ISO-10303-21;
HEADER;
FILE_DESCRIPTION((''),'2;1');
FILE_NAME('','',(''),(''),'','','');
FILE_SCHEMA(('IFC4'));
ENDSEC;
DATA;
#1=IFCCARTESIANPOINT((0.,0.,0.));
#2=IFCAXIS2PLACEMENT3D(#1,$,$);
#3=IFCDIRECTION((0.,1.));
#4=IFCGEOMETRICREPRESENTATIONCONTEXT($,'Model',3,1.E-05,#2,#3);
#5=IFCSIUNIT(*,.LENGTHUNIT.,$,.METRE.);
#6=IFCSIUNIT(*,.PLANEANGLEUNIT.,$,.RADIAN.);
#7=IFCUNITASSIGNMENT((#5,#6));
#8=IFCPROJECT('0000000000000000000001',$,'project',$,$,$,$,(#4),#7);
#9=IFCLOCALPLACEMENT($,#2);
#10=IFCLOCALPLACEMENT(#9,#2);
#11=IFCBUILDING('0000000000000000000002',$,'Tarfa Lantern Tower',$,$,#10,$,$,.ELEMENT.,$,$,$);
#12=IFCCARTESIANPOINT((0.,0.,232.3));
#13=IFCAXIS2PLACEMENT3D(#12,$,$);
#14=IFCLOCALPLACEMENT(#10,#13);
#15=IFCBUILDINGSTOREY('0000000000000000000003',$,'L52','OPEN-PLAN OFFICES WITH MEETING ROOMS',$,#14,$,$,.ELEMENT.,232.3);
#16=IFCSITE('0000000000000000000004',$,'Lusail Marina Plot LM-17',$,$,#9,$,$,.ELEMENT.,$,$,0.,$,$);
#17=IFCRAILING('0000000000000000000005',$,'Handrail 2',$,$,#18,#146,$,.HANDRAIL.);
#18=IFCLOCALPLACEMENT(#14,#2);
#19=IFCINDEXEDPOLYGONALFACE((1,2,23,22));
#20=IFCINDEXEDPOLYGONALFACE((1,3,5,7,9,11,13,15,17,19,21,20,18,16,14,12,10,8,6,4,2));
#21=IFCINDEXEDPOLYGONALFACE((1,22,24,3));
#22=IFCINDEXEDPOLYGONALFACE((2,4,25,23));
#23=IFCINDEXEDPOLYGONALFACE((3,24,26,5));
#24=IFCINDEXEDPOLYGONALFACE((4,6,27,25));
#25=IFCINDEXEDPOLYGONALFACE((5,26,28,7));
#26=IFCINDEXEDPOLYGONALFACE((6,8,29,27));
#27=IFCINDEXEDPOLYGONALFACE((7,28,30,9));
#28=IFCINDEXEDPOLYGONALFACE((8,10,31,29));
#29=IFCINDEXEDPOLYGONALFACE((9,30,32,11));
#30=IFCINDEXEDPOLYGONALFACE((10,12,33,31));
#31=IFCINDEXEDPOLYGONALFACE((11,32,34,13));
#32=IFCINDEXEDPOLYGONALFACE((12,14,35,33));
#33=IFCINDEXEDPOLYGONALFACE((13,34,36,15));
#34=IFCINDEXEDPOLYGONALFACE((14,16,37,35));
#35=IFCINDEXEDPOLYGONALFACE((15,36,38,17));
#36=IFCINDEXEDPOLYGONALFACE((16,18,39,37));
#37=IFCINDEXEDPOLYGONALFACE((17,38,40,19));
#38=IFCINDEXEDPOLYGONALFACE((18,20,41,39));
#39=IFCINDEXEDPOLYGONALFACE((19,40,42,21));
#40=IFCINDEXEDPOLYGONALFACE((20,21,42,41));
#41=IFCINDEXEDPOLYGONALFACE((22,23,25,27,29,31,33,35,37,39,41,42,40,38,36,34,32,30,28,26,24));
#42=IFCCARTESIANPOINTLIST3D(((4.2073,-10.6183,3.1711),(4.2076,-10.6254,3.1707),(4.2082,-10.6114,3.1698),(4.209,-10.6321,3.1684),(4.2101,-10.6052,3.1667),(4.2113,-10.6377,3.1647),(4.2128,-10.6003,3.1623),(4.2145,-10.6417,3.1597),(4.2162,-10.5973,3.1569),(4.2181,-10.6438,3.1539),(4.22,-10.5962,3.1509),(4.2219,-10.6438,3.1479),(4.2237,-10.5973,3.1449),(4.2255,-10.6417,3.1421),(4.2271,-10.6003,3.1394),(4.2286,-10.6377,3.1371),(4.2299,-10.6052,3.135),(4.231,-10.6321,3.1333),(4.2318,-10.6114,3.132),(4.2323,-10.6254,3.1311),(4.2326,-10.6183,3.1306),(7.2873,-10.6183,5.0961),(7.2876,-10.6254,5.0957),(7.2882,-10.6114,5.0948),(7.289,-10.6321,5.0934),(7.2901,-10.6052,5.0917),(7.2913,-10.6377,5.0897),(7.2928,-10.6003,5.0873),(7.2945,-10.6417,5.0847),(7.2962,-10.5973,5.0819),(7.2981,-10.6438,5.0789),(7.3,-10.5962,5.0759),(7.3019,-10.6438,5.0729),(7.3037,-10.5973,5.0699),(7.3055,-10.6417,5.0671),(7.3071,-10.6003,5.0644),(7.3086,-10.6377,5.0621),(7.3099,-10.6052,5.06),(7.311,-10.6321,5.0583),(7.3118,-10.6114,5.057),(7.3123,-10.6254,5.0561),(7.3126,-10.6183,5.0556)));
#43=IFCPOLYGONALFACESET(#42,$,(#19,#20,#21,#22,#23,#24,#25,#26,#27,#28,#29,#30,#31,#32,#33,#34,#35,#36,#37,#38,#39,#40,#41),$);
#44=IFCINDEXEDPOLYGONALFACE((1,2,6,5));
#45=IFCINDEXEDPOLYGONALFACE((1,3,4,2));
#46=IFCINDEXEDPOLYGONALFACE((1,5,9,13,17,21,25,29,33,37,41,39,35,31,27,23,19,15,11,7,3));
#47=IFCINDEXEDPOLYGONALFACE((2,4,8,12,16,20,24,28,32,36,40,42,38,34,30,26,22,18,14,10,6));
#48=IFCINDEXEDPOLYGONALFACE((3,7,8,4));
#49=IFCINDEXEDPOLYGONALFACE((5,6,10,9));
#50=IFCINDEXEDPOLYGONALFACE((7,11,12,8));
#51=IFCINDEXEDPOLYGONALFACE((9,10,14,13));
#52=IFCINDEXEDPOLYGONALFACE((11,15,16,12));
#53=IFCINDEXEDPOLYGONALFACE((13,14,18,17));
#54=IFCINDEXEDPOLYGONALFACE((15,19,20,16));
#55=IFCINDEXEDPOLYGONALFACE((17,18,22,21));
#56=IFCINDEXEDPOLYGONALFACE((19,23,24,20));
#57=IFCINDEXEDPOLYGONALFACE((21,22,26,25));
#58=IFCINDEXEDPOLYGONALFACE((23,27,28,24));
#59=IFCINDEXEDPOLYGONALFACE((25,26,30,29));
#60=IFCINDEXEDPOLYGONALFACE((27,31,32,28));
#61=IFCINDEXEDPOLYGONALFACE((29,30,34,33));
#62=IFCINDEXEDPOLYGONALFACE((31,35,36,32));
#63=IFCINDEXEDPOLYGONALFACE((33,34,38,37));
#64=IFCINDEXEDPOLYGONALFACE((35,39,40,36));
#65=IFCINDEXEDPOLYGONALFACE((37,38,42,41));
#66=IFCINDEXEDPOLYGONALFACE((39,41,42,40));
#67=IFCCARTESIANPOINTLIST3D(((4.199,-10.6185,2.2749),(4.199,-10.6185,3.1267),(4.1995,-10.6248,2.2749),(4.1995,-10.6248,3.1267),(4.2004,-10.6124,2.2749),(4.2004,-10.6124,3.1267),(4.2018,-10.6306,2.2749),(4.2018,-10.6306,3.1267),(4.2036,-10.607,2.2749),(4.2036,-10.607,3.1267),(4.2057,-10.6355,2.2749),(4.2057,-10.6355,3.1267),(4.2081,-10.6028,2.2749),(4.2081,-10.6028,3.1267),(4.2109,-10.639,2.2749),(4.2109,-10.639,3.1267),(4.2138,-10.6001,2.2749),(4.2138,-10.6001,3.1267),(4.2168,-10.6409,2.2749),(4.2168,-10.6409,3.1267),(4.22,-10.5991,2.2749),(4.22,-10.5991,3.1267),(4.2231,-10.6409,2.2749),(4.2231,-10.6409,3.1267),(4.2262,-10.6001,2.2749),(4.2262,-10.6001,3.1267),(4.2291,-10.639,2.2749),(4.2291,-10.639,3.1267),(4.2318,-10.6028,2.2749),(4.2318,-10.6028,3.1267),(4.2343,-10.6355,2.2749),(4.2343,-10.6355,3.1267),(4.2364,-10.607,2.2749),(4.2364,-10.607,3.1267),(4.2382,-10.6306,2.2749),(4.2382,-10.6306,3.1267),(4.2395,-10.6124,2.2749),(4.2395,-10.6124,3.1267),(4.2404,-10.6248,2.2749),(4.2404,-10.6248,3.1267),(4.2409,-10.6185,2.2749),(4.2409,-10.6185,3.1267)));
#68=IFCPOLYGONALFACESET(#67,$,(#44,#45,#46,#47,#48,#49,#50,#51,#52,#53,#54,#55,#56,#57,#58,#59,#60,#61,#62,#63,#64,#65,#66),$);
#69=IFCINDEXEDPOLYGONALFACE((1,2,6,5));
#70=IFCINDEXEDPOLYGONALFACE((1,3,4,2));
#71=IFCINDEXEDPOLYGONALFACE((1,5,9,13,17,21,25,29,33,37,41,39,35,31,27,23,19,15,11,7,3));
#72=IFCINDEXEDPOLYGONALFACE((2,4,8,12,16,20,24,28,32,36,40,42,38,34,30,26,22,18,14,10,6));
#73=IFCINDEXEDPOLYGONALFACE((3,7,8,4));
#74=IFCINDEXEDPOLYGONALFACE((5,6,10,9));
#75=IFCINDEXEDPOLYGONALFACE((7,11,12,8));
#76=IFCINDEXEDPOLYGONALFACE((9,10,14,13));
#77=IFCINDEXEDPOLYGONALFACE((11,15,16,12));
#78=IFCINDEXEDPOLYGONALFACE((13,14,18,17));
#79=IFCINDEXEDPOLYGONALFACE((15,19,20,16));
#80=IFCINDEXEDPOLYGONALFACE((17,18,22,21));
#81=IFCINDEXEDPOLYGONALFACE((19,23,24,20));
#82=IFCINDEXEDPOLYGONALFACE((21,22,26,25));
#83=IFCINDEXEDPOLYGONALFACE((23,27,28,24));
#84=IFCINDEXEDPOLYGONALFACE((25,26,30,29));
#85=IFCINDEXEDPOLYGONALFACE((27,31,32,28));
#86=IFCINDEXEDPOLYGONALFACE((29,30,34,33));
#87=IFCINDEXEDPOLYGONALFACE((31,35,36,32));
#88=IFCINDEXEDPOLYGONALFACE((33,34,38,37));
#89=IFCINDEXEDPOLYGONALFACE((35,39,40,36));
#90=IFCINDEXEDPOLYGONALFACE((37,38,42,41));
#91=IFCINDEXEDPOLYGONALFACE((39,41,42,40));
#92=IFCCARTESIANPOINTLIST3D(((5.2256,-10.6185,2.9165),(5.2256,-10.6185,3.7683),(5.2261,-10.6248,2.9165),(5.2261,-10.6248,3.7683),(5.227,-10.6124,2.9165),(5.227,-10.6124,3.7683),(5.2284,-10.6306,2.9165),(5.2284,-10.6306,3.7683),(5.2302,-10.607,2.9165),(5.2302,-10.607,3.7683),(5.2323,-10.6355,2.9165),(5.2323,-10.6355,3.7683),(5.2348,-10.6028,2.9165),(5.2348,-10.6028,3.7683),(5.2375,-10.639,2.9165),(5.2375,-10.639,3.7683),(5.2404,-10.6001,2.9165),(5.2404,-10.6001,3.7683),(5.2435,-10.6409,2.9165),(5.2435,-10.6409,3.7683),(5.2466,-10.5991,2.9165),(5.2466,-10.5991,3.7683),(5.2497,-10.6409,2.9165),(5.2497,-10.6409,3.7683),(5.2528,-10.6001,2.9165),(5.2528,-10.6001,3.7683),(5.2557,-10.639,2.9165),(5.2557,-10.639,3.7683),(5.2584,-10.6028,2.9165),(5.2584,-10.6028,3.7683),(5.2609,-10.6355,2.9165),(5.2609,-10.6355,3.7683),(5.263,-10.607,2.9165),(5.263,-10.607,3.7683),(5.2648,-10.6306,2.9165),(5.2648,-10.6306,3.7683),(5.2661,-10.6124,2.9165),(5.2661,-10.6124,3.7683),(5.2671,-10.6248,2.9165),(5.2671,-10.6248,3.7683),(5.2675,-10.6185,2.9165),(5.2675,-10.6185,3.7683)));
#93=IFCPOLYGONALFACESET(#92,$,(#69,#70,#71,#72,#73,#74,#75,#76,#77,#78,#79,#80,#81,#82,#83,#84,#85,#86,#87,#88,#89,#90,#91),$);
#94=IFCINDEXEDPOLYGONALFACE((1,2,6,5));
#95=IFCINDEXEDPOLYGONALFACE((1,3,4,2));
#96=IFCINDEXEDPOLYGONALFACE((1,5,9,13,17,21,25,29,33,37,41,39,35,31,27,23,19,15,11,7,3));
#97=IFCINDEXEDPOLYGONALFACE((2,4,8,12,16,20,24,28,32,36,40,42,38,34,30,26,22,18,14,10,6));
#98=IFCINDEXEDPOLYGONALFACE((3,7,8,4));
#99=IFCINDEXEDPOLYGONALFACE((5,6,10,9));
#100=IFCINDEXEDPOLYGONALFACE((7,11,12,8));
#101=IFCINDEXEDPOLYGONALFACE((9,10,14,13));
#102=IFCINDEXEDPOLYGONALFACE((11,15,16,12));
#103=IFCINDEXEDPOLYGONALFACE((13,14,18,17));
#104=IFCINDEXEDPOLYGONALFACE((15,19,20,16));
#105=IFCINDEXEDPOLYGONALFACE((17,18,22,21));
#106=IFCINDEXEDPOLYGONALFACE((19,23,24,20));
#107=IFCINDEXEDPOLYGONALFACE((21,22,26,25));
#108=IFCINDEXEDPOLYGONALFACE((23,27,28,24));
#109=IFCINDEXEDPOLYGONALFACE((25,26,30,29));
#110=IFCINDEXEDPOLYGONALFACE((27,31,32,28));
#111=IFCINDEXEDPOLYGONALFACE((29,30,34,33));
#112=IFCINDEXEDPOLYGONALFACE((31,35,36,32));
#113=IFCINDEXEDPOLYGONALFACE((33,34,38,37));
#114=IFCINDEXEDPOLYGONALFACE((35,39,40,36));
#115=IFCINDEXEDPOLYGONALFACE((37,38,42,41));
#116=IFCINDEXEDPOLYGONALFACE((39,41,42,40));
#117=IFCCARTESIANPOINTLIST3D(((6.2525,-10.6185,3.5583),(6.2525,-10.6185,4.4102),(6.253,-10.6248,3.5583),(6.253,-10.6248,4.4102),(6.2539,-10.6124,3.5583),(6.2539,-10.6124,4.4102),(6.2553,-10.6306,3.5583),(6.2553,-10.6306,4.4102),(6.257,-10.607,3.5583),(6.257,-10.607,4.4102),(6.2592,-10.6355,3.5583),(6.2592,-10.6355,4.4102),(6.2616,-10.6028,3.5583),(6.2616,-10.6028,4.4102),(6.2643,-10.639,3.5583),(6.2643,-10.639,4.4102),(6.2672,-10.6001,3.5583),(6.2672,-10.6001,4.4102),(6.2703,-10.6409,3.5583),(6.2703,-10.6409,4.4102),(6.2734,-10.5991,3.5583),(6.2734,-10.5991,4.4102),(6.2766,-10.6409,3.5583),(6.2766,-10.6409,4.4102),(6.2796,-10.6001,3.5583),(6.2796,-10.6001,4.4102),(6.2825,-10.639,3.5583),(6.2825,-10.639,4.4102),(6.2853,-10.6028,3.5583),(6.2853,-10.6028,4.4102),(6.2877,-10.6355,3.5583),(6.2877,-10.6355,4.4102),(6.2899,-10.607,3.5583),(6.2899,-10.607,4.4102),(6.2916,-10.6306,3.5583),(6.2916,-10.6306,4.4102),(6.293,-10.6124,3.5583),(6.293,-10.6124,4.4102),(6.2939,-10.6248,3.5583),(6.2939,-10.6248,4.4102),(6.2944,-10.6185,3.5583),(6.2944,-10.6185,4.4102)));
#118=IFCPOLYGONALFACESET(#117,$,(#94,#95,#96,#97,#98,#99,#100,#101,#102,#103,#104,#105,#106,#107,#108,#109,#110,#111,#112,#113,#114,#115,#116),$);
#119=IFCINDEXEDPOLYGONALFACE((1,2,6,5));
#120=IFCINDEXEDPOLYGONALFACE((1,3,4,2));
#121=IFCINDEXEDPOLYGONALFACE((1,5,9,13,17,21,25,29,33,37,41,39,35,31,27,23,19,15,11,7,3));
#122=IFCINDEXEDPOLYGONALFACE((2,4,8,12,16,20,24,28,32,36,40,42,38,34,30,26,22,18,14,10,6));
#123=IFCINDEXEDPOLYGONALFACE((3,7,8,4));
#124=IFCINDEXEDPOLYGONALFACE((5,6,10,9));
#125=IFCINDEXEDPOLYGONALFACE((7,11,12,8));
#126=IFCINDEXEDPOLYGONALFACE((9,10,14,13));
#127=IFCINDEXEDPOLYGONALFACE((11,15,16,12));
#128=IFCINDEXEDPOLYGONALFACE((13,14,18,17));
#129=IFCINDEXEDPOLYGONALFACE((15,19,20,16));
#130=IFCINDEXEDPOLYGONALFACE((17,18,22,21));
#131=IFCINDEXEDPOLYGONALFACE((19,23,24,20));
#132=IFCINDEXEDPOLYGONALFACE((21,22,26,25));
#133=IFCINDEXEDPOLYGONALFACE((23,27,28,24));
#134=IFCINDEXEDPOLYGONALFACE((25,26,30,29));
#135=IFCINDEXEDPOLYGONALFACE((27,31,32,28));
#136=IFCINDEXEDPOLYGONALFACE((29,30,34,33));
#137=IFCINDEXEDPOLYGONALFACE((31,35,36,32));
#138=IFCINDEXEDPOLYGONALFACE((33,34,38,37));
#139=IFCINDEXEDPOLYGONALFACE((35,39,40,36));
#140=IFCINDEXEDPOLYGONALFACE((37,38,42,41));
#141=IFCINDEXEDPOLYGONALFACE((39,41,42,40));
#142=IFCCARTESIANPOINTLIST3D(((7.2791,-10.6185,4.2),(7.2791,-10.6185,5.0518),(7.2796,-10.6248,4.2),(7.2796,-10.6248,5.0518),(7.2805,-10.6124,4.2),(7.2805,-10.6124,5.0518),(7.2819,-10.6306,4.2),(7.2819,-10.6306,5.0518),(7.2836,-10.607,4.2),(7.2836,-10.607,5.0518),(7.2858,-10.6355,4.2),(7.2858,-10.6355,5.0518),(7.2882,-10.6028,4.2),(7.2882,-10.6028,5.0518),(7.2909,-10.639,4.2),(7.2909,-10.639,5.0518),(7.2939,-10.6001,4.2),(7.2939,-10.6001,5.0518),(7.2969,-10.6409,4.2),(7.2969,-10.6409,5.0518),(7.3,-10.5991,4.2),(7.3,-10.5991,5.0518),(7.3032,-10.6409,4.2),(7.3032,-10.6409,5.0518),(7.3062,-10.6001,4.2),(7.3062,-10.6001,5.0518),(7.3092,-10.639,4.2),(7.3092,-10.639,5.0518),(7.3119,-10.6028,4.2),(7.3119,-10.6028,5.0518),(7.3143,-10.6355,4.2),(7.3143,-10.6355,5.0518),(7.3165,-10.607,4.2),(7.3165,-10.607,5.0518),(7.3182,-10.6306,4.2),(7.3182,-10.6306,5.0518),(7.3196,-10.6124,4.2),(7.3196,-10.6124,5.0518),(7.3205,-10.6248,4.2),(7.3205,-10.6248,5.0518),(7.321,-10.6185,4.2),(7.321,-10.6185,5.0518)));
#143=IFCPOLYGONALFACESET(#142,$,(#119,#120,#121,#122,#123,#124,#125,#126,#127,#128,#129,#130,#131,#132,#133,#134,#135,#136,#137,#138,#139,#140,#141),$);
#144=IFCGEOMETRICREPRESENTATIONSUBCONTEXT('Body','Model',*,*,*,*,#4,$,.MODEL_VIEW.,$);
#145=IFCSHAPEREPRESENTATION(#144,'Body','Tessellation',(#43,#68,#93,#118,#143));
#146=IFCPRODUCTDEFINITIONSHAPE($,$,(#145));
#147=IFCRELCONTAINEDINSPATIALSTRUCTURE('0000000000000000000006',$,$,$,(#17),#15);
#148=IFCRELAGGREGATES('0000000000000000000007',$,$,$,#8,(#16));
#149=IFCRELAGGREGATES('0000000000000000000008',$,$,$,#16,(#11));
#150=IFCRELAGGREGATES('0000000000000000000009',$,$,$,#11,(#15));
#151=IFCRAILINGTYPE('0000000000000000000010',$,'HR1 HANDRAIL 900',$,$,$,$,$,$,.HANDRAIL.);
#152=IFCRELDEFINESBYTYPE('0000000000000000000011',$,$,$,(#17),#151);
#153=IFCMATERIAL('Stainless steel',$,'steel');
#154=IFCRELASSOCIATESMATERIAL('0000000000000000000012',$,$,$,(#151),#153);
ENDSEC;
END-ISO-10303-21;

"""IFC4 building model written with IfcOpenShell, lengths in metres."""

from ifc_helpers import new_model, si_unit, direction, frame, origin, origin_2d, place, context, subcontext, project, spatial, circle, extrude, material, type_object, element, save


model = new_model("IFC4")

# Units and contexts
model_context = context("Model", 3, precision=1e-05, world=origin(), true_north=direction((0.0, 1.0)))
body_context = subcontext(model_context, "Body", "Model", "MODEL_VIEW")
ifc_project = project(units=[si_unit("LENGTHUNIT", "METRE"), si_unit("PLANEANGLEUNIT", "RADIAN")], contexts=[model_context])

# Site, building, storey
site_placement = place(None, origin())
site = spatial("IfcSite", under=ifc_project, at=site_placement, Name="Lusail Marina Plot LM-17", CompositionType="ELEMENT", RefElevation=0.0)
building_placement = place(site_placement, origin())
building = spatial("IfcBuilding", under=site, at=building_placement, Name="Tarfa Lantern Tower", CompositionType="ELEMENT")
storey_placement = place(building_placement, frame((0.0, 0.0, 232.3)))
storey = spatial("IfcBuildingStorey", under=building, at=storey_placement, Name="L52", Description="OPEN-PLAN OFFICES WITH MEETING ROOMS", CompositionType="ELEMENT", Elevation=232.3)

# Railing
ifc_material_1 = material(Name="Stainless steel", Category="steel")
railing_type = type_object("IfcRailingType", Name="HR1 HANDRAIL 900", PredefinedType="HANDRAIL", material=ifc_material_1)
railing_1_placement = place(storey_placement, frame((4.22, -10.6201, 2.2749)))
element("IfcRailing", 1, at=railing_1_placement, inside=storey, type_object=railing_type, Name="Handrail 2", PredefinedType="HANDRAIL", context=body_context, shape_type="SweptSolid", body=[
    extrude(circle(Radius=0.0239, at=origin_2d()), frame((0.0, 0.0, 0.876), z_axis=(0.847998, 0.0, 0.529999), x_axis=(0.0, 1.0, 0.0)), (0.0, 0.0, 1.0), 3.6321),
    extrude(circle(Radius=0.021, at=origin_2d()), frame((0.0, 0.0, 0.0), z_axis=(0.0, 0.0, 1.0), x_axis=(0.0, 1.0, 0.0)), (0.0, 0.0, 1.0), 0.8518),
    extrude(circle(Radius=0.021, at=origin_2d()), frame((1.0266, 0.0, 0.6416), z_axis=(0.0, 0.0, 1.0), x_axis=(0.0, 1.0, 0.0)), (0.0, 0.0, 1.0), 0.8518),
    extrude(circle(Radius=0.021, at=origin_2d()), frame((2.0535, 0.0, 1.2834), z_axis=(0.0, 0.0, 1.0), x_axis=(0.0, 1.0, 0.0)), (0.0, 0.0, 1.0), 0.8518),
    extrude(circle(Radius=0.021, at=origin_2d()), frame((3.0801, 0.0, 1.925), z_axis=(0.0, 0.0, 1.0), x_axis=(0.0, 1.0, 0.0)), (0.0, 0.0, 1.0), 0.8518),
])

save(model, "model.ifc")
